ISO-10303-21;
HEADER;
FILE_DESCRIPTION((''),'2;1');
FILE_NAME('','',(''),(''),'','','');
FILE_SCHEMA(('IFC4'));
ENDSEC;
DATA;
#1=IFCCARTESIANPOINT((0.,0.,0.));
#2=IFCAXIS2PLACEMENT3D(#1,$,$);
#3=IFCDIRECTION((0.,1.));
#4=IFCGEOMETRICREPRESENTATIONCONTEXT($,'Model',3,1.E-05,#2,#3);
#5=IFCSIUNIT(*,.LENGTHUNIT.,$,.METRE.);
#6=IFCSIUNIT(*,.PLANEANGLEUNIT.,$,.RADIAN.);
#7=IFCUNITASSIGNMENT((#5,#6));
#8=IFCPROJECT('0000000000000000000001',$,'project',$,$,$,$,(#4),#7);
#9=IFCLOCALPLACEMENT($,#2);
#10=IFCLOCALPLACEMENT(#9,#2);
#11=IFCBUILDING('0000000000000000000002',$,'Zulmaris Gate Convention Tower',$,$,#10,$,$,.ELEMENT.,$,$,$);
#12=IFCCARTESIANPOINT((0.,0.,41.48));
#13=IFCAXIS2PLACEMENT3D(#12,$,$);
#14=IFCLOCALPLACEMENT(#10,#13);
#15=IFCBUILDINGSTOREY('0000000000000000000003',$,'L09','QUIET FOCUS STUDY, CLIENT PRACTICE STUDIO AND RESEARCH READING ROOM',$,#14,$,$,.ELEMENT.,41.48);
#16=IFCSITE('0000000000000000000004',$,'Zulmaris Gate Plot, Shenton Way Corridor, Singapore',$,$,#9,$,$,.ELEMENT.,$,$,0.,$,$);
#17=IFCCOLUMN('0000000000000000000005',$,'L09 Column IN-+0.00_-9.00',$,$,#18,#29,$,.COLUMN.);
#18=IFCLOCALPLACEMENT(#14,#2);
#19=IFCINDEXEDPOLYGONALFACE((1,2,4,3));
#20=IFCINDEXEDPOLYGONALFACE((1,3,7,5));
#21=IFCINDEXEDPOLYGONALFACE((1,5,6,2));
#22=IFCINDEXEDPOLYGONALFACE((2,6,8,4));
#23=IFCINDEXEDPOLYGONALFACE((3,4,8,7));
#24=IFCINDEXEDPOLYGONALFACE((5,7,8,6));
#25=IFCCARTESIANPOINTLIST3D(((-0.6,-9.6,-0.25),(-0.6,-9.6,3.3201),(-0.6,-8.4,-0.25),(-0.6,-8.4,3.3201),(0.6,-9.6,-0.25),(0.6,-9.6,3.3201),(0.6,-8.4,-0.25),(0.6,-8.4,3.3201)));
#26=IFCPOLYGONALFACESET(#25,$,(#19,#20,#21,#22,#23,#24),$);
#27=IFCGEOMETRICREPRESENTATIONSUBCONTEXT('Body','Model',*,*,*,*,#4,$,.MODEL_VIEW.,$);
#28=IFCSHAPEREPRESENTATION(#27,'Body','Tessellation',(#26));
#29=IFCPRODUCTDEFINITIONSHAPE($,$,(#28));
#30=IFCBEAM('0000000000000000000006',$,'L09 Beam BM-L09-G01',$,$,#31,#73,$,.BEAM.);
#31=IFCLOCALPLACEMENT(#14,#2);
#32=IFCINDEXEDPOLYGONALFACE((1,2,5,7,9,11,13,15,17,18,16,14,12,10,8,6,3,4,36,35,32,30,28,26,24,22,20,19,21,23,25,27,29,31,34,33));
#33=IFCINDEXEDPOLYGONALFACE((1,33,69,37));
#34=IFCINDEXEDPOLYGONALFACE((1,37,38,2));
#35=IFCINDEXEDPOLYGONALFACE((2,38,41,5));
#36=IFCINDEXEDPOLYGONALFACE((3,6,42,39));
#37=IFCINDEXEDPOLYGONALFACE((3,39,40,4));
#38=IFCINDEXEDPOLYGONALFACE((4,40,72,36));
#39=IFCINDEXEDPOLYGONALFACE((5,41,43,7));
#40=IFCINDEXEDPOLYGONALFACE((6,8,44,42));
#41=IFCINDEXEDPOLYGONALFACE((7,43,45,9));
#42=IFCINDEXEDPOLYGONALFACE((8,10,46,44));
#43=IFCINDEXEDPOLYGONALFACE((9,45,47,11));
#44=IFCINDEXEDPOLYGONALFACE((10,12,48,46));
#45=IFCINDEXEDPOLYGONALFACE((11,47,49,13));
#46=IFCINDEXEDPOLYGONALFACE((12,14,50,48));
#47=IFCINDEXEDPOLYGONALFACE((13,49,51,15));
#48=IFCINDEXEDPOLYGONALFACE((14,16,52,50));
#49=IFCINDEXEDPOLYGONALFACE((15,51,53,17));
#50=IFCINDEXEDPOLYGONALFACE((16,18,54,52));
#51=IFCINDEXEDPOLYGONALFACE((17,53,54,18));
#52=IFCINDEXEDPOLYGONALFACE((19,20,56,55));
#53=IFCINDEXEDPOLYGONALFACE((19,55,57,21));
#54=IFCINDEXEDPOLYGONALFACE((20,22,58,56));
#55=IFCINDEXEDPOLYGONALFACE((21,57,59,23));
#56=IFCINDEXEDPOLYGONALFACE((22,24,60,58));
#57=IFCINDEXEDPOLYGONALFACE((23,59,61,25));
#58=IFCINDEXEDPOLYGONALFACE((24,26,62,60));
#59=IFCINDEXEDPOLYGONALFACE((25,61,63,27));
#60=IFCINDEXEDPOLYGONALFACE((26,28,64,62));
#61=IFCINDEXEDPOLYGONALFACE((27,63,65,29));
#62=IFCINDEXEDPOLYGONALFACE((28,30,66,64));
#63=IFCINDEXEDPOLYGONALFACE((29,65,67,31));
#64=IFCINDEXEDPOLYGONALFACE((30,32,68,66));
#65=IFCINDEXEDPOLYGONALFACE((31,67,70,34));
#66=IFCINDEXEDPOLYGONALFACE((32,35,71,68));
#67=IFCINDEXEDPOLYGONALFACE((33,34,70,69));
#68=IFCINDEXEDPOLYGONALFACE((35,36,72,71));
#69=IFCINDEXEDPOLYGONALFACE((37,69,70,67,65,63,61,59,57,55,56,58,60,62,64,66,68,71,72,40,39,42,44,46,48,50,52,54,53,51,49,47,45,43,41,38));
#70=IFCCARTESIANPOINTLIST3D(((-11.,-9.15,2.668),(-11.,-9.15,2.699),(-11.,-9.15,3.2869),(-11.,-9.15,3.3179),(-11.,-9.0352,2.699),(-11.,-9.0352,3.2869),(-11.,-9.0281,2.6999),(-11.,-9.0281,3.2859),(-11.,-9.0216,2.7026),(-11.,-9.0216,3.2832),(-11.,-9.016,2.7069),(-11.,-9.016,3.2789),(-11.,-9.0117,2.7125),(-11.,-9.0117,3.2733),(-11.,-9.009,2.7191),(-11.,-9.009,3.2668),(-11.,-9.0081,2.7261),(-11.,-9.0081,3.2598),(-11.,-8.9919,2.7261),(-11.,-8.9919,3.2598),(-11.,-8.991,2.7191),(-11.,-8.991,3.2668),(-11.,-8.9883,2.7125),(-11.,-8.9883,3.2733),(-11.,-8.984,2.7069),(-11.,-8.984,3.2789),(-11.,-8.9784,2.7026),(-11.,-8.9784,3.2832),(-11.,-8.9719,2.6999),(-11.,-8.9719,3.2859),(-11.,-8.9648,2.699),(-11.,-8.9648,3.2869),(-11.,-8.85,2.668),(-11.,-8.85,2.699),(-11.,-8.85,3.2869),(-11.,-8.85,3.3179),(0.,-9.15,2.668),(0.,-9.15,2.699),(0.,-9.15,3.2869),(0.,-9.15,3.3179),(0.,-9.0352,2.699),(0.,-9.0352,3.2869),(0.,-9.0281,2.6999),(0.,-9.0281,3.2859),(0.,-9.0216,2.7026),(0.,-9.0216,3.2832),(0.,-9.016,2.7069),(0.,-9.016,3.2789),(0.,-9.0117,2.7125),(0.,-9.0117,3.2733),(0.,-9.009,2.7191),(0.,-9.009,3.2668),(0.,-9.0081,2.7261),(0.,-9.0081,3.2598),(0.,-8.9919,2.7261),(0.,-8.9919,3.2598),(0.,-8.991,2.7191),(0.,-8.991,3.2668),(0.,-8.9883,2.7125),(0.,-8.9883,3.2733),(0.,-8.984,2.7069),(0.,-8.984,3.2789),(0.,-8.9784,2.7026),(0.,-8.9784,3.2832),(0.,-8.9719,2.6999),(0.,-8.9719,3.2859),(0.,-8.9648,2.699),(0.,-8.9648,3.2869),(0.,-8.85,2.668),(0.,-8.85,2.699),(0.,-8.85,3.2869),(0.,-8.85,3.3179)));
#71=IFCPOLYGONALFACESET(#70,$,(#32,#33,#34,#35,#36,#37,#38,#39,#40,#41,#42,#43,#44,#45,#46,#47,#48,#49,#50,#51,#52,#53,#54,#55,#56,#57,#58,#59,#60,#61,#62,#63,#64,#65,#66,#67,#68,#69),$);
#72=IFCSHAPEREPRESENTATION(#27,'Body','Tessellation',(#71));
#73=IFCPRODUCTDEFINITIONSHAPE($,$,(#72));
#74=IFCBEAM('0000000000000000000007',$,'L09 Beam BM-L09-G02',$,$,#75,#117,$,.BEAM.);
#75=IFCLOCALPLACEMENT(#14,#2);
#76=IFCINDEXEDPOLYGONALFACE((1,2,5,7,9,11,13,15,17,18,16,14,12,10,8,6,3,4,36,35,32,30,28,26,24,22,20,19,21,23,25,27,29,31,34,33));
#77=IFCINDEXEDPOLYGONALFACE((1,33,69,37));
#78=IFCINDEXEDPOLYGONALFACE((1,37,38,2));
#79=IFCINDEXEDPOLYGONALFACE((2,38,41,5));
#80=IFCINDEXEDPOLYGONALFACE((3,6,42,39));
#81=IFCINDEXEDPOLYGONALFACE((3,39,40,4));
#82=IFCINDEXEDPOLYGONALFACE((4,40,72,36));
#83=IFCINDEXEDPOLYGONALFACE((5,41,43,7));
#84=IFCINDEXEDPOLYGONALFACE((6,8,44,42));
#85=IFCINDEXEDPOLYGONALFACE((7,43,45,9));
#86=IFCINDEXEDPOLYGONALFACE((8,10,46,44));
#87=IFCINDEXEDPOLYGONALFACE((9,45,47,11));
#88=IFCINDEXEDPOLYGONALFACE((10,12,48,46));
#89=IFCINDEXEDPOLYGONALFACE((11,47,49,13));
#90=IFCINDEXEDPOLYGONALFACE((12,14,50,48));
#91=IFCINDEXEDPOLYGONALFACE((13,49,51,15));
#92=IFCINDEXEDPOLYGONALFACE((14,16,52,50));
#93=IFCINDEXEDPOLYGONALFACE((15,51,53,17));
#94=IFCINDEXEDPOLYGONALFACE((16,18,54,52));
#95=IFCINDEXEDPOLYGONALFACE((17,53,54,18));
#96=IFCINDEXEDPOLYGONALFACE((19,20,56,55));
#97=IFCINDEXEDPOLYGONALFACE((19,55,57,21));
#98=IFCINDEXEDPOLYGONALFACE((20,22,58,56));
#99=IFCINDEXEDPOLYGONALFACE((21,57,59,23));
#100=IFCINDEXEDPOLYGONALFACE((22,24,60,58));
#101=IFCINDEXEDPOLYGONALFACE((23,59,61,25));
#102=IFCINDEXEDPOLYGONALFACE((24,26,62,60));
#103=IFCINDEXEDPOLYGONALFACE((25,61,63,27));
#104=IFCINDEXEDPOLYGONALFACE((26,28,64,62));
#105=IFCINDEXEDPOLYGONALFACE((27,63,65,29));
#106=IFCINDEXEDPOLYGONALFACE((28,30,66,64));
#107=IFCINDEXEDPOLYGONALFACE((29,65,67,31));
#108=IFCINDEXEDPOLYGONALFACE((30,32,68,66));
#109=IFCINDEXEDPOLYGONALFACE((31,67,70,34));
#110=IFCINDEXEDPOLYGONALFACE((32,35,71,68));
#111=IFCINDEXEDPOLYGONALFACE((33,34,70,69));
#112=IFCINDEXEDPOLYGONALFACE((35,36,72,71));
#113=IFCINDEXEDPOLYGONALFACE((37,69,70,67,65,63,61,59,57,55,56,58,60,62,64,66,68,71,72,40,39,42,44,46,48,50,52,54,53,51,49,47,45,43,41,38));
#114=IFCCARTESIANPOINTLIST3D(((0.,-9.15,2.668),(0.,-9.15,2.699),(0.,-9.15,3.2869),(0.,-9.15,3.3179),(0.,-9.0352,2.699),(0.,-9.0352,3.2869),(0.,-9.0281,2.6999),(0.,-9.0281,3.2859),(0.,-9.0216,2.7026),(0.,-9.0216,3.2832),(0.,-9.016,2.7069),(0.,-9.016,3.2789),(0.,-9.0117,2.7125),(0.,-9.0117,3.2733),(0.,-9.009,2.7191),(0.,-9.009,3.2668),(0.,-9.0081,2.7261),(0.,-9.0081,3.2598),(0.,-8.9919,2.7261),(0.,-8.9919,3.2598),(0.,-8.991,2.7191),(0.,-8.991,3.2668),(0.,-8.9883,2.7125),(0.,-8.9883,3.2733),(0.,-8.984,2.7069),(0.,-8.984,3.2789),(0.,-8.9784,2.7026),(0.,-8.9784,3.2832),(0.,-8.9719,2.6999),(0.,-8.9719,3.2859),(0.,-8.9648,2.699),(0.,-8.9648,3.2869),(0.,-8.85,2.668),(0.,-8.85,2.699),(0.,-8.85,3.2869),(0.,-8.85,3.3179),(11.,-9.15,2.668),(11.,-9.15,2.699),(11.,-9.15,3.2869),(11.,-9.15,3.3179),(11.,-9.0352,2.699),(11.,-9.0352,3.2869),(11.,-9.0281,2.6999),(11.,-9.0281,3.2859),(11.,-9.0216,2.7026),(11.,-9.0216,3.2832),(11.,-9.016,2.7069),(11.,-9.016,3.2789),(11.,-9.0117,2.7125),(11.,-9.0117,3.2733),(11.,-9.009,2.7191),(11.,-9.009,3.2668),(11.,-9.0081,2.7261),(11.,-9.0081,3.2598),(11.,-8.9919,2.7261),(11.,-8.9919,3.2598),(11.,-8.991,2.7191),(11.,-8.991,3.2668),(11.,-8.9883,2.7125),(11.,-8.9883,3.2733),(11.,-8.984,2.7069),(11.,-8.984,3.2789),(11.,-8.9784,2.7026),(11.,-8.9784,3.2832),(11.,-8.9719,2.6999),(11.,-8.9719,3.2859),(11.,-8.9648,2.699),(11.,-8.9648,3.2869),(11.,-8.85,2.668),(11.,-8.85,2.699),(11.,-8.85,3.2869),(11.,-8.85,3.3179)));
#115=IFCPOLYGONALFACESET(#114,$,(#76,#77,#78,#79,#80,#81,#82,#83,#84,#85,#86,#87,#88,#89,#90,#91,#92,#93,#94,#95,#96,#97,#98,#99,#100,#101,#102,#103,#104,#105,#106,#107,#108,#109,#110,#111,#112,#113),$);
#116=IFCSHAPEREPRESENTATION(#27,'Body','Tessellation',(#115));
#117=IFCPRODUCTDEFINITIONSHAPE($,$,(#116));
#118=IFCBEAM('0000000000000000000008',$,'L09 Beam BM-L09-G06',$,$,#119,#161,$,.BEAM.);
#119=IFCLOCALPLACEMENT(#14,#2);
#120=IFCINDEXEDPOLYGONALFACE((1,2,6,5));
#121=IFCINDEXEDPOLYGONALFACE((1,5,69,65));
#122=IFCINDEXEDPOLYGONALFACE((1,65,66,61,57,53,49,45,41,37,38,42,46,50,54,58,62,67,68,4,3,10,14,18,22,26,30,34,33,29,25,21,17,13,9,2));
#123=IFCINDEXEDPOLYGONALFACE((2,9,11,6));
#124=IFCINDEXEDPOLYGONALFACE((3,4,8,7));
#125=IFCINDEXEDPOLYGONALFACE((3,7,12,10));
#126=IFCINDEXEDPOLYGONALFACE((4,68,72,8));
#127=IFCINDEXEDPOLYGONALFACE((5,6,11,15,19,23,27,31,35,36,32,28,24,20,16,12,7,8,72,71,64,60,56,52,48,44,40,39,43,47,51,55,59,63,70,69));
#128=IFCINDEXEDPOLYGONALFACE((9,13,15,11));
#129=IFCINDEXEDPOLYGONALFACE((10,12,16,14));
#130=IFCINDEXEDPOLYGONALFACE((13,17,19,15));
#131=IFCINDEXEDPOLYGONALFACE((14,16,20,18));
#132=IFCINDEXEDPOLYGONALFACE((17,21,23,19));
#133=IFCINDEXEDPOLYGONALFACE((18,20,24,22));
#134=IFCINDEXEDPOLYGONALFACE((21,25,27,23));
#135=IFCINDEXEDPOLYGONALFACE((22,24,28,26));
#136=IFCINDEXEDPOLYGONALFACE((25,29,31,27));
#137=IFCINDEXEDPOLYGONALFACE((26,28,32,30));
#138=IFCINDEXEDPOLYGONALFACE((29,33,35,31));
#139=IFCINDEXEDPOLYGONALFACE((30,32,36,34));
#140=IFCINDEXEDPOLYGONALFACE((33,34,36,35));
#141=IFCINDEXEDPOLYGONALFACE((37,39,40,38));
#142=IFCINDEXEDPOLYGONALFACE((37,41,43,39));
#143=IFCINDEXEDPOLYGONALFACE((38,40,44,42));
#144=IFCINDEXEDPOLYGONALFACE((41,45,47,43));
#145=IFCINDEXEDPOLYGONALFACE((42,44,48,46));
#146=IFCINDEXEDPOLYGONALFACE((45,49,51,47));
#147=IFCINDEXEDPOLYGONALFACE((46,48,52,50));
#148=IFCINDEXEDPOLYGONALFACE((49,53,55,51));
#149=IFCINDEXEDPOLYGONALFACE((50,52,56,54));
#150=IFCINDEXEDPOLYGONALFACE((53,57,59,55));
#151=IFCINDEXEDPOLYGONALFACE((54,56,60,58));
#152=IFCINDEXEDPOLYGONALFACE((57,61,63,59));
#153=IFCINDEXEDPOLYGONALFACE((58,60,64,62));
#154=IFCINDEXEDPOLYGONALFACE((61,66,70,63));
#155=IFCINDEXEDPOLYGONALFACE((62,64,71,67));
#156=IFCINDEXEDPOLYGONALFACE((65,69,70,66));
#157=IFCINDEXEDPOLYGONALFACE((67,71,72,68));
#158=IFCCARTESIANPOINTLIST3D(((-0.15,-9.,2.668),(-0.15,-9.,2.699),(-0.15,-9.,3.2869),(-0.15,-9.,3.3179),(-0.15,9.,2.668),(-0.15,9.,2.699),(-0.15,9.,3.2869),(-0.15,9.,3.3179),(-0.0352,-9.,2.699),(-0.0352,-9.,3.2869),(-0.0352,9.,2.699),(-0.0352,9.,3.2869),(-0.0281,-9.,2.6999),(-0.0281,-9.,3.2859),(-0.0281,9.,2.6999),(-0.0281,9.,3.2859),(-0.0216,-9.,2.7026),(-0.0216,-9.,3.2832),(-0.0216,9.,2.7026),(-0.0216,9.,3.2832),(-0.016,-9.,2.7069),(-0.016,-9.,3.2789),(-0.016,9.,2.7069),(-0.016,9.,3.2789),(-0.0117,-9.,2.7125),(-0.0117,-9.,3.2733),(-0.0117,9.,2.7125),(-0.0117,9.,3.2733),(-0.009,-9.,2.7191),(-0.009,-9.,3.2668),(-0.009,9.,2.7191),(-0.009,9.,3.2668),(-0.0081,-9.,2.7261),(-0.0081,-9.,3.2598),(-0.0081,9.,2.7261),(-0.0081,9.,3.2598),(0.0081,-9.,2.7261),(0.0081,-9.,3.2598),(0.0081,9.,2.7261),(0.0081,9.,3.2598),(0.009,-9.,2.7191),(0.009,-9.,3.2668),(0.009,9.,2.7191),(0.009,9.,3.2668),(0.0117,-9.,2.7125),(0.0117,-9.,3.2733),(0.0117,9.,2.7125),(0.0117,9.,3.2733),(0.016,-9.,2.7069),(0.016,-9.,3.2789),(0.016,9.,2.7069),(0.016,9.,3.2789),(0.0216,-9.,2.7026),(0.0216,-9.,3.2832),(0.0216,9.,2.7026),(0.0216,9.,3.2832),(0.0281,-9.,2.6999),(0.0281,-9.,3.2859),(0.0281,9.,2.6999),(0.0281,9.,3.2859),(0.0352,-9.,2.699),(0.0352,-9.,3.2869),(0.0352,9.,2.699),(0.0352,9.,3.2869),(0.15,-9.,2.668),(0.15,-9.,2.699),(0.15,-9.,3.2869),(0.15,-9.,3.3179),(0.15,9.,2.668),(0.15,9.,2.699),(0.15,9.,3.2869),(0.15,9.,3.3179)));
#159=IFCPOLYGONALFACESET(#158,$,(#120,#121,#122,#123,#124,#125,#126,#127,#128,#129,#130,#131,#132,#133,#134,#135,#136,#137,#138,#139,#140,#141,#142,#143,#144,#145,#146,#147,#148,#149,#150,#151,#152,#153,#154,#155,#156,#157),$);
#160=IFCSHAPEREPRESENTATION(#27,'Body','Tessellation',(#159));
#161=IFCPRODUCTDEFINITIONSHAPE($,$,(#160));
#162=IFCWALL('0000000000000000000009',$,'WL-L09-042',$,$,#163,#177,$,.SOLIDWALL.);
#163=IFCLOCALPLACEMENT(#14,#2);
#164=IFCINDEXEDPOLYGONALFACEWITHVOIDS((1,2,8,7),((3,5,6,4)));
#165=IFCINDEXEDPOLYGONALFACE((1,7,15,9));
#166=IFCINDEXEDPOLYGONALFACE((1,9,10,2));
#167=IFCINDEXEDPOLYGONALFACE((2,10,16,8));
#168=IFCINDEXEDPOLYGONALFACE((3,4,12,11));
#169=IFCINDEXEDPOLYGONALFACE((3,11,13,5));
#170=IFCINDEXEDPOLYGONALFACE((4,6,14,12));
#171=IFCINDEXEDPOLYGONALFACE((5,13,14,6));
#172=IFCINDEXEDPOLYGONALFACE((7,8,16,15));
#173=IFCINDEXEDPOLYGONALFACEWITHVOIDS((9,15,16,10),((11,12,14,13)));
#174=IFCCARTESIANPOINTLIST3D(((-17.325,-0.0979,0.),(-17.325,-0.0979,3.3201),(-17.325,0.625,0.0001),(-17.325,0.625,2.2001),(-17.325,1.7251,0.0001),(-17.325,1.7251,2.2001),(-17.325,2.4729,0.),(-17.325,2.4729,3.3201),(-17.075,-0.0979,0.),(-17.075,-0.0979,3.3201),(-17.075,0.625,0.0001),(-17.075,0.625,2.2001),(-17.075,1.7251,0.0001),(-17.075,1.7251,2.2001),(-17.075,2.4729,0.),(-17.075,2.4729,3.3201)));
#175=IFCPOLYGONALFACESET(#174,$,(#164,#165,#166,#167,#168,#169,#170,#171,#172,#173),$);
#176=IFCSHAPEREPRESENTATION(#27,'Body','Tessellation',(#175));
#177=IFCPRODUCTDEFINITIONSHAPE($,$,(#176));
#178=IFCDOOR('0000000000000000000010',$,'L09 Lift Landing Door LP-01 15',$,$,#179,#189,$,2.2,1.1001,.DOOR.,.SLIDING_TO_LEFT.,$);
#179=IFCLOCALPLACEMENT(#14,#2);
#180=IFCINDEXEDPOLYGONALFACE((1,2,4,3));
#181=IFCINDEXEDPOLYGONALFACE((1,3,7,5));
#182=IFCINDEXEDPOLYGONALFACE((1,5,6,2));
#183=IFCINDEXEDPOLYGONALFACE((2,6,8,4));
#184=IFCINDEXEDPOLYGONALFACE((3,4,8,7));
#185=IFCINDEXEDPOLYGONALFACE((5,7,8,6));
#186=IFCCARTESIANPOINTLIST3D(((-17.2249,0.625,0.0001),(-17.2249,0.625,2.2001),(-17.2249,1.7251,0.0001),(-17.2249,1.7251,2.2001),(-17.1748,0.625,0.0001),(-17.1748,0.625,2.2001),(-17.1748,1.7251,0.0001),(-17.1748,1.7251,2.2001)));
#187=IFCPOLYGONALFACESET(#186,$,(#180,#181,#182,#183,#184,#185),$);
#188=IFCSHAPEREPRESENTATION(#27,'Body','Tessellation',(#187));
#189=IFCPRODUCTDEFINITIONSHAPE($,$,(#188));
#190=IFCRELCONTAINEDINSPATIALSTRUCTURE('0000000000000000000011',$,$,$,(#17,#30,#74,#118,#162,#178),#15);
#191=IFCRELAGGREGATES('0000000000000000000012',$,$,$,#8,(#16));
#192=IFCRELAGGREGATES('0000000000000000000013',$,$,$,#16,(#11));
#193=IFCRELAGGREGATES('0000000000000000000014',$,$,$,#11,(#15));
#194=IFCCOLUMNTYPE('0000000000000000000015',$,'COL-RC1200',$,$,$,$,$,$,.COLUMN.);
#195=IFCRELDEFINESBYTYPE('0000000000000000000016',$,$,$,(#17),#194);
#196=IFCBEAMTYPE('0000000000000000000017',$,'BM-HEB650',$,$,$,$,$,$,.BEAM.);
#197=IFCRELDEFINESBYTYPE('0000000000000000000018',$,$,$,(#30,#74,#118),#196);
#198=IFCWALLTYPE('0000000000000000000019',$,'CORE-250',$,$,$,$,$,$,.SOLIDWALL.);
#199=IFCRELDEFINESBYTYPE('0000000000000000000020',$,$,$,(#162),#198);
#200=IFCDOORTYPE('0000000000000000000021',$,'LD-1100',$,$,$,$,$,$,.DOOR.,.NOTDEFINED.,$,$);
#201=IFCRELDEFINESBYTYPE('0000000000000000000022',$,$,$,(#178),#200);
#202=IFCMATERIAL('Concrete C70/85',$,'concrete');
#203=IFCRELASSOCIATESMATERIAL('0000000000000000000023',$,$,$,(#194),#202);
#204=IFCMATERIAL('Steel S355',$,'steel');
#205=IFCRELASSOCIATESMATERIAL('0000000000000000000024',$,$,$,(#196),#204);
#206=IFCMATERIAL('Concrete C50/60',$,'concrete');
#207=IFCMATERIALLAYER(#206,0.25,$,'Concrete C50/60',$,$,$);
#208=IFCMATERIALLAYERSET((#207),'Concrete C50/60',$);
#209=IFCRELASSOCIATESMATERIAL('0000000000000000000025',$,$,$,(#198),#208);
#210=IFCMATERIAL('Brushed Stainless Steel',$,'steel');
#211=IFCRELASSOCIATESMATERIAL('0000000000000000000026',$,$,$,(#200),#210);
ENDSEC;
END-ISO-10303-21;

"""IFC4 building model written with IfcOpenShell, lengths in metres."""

from ifc_helpers import new_model, si_unit, direction, frame, frame_2d, origin, origin_2d, place, context, subcontext, project, spatial, rectangle, i_section, extrude, material, layer, layer_set, material_profile, profile_set, type_object, element, fill, save


model = new_model("IFC4")

# Units and contexts
model_context = context("Model", 3, precision=1e-05, world=origin(), true_north=direction((0.0, 1.0)))
body_context = subcontext(model_context, "Body", "Model", "MODEL_VIEW")
ifc_project = project(units=[si_unit("LENGTHUNIT", "METRE"), si_unit("PLANEANGLEUNIT", "RADIAN")], contexts=[model_context])

# Site, building, storey
site_placement = place(None, origin())
site = spatial("IfcSite", under=ifc_project, at=site_placement, Name="Zulmaris Gate Plot, Shenton Way Corridor, Singapore", CompositionType="ELEMENT", RefElevation=0.0)
building_placement = place(site_placement, origin())
building = spatial("IfcBuilding", under=site, at=building_placement, Name="Zulmaris Gate Convention Tower", CompositionType="ELEMENT")
storey_placement = place(building_placement, frame((0.0, 0.0, 41.48)))
storey = spatial("IfcBuildingStorey", under=building, at=storey_placement, Name="L09", Description="QUIET FOCUS STUDY, CLIENT PRACTICE STUDIO AND RESEARCH READING ROOM", CompositionType="ELEMENT", Elevation=41.48)

# Column
ifc_material_1 = material(Name="Concrete C70/85", Category="concrete")
ifc_material_profile_1 = material_profile(ifc_material_1, rectangle(XDim=1.2, YDim=1.2, at=origin_2d()), Name="RC COL 1200x1200")
ifc_profile_set_1 = profile_set([ifc_material_profile_1], Name="Concrete C70/85")
column_type = type_object("IfcColumnType", Name="COL-RC1200", PredefinedType="COLUMN", material=ifc_profile_set_1)
column_placement = place(storey_placement, frame((0.0, -9.0, -0.25), z_axis=(0.0, 0.0, 1.0), x_axis=(1.0, 0.0, 0.0)))
element("IfcColumn", 1, at=column_placement, inside=storey, type_object=column_type, Name="L09 Column IN-+0.00_-9.00", PredefinedType="COLUMN", context=body_context, shape_type="SweptSolid", body=[
    extrude(rectangle(XDim=1.2, YDim=1.2, at=origin_2d()), origin(), (0.0, 0.0, 1.0), 3.5701),
])

# Beams
ifc_material_2 = material(Name="Steel S355", Category="steel")
ifc_material_profile_2 = material_profile(ifc_material_2, i_section(OverallWidth=0.3, OverallDepth=0.6499, WebThickness=0.0161, FlangeThickness=0.031, FilletRadius=0.0271, at=origin_2d()), Name="HEB 650")
ifc_profile_set_2 = profile_set([ifc_material_profile_2], Name="Steel S355")
beam_type = type_object("IfcBeamType", Name="BM-HEB650", PredefinedType="BEAM", material=ifc_profile_set_2)
for number, where, z_axis, x_axis, name in (
    (2, (-11.0, -9.0, 2.9929), (1.0, 0.0, 0.0), (0.0, 1.0, 0.0), "L09 Beam BM-L09-G01"),
    (3, (0.0, -9.0, 2.9929), (1.0, 0.0, 0.0), (0.0, 1.0, 0.0), "L09 Beam BM-L09-G02"),
):
    element("IfcBeam", number, at=place(storey_placement, frame(where, z_axis=z_axis, x_axis=x_axis)), inside=storey, type_object=beam_type, Name=name, PredefinedType="BEAM", context=body_context, shape_type="SweptSolid", body=[
        extrude(i_section(OverallWidth=0.3, OverallDepth=0.6499, WebThickness=0.0161, FlangeThickness=0.031, FilletRadius=0.0271, at=origin_2d()), origin(), (0.0, 0.0, 1.0), 11.0),
    ])
beam_placement = place(storey_placement, frame((0.0, -9.0, 2.9929), z_axis=(0.0, 1.0, 0.0), x_axis=(-1.0, 0.0, 0.0)))
element("IfcBeam", 4, at=beam_placement, inside=storey, type_object=beam_type, Name="L09 Beam BM-L09-G06", PredefinedType="BEAM", context=body_context, shape_type="SweptSolid", body=[
    extrude(i_section(OverallWidth=0.3, OverallDepth=0.6499, WebThickness=0.0161, FlangeThickness=0.031, FilletRadius=0.0271, at=origin_2d()), origin(), (0.0, 0.0, 1.0), 18.0),
])

# Wall, opening, door
ifc_material_3 = material(Name="Concrete C50/60", Category="concrete")
ifc_layer_1 = layer(ifc_material_3, 0.25, Name="Concrete C50/60")
ifc_layer_set_1 = layer_set([ifc_layer_1], Name="Concrete C50/60")
wall_type_1 = type_object("IfcWallType", Name="CORE-250", PredefinedType="SOLIDWALL", material=ifc_layer_set_1)
wall_1_placement = place(storey_placement, frame((-17.2, -0.0979, 0.0), z_axis=(0.0, 0.0, 1.0), x_axis=(0.0, 1.0, 0.0)))
wall_1 = element("IfcWall", 5, at=wall_1_placement, inside=storey, type_object=wall_type_1, Name="WL-L09-042", PredefinedType="SOLIDWALL", context=body_context, shape_type="SweptSolid", body=[
    extrude(rectangle(XDim=2.5708, YDim=0.25, at=frame_2d((1.2854, 0.0))), origin(), (0.0, 0.0, 1.0), 3.3201),
])
opening_placement = place(wall_1_placement, frame((0.7229, 0.0, 0.0)))
opening = element("IfcOpeningElement", 6, at=opening_placement, cuts=wall_1, PredefinedType="OPENING", context=body_context, shape_type="SweptSolid", body=[
    extrude(rectangle(XDim=1.1001, YDim=2.2, at=frame_2d((0.55, 1.1001))), frame((0.0, 0.135, 0.0), z_axis=(0.0, -1.0, 0.0), x_axis=(1.0, 0.0, 0.0)), (0.0, 0.0, 1.0), 0.27),
])
ifc_material_4 = material(Name="Brushed Stainless Steel", Category="steel")
door_type = type_object("IfcDoorType", Name="LD-1100", OperationType="NOTDEFINED", PredefinedType="DOOR", material=ifc_material_4)
door_placement = place(opening_placement, origin())
door = element("IfcDoor", 7, at=door_placement, inside=storey, type_object=door_type, Name="L09 Lift Landing Door LP-01 15", OperationType="SLIDING_TO_LEFT", OverallHeight=2.2, OverallWidth=1.1001, PredefinedType="DOOR", context=body_context, shape_type="SweptSolid", body=[
    extrude(rectangle(XDim=1.1001, YDim=2.2, at=frame_2d((0.55, 1.1001))), frame((0.0, 0.0249, 0.0), z_axis=(0.0, -1.0, 0.0), x_axis=(1.0, 0.0, 0.0)), (0.0, 0.0, 1.0), 0.05),
])
fill(opening, door)

save(model, "model.ifc")
